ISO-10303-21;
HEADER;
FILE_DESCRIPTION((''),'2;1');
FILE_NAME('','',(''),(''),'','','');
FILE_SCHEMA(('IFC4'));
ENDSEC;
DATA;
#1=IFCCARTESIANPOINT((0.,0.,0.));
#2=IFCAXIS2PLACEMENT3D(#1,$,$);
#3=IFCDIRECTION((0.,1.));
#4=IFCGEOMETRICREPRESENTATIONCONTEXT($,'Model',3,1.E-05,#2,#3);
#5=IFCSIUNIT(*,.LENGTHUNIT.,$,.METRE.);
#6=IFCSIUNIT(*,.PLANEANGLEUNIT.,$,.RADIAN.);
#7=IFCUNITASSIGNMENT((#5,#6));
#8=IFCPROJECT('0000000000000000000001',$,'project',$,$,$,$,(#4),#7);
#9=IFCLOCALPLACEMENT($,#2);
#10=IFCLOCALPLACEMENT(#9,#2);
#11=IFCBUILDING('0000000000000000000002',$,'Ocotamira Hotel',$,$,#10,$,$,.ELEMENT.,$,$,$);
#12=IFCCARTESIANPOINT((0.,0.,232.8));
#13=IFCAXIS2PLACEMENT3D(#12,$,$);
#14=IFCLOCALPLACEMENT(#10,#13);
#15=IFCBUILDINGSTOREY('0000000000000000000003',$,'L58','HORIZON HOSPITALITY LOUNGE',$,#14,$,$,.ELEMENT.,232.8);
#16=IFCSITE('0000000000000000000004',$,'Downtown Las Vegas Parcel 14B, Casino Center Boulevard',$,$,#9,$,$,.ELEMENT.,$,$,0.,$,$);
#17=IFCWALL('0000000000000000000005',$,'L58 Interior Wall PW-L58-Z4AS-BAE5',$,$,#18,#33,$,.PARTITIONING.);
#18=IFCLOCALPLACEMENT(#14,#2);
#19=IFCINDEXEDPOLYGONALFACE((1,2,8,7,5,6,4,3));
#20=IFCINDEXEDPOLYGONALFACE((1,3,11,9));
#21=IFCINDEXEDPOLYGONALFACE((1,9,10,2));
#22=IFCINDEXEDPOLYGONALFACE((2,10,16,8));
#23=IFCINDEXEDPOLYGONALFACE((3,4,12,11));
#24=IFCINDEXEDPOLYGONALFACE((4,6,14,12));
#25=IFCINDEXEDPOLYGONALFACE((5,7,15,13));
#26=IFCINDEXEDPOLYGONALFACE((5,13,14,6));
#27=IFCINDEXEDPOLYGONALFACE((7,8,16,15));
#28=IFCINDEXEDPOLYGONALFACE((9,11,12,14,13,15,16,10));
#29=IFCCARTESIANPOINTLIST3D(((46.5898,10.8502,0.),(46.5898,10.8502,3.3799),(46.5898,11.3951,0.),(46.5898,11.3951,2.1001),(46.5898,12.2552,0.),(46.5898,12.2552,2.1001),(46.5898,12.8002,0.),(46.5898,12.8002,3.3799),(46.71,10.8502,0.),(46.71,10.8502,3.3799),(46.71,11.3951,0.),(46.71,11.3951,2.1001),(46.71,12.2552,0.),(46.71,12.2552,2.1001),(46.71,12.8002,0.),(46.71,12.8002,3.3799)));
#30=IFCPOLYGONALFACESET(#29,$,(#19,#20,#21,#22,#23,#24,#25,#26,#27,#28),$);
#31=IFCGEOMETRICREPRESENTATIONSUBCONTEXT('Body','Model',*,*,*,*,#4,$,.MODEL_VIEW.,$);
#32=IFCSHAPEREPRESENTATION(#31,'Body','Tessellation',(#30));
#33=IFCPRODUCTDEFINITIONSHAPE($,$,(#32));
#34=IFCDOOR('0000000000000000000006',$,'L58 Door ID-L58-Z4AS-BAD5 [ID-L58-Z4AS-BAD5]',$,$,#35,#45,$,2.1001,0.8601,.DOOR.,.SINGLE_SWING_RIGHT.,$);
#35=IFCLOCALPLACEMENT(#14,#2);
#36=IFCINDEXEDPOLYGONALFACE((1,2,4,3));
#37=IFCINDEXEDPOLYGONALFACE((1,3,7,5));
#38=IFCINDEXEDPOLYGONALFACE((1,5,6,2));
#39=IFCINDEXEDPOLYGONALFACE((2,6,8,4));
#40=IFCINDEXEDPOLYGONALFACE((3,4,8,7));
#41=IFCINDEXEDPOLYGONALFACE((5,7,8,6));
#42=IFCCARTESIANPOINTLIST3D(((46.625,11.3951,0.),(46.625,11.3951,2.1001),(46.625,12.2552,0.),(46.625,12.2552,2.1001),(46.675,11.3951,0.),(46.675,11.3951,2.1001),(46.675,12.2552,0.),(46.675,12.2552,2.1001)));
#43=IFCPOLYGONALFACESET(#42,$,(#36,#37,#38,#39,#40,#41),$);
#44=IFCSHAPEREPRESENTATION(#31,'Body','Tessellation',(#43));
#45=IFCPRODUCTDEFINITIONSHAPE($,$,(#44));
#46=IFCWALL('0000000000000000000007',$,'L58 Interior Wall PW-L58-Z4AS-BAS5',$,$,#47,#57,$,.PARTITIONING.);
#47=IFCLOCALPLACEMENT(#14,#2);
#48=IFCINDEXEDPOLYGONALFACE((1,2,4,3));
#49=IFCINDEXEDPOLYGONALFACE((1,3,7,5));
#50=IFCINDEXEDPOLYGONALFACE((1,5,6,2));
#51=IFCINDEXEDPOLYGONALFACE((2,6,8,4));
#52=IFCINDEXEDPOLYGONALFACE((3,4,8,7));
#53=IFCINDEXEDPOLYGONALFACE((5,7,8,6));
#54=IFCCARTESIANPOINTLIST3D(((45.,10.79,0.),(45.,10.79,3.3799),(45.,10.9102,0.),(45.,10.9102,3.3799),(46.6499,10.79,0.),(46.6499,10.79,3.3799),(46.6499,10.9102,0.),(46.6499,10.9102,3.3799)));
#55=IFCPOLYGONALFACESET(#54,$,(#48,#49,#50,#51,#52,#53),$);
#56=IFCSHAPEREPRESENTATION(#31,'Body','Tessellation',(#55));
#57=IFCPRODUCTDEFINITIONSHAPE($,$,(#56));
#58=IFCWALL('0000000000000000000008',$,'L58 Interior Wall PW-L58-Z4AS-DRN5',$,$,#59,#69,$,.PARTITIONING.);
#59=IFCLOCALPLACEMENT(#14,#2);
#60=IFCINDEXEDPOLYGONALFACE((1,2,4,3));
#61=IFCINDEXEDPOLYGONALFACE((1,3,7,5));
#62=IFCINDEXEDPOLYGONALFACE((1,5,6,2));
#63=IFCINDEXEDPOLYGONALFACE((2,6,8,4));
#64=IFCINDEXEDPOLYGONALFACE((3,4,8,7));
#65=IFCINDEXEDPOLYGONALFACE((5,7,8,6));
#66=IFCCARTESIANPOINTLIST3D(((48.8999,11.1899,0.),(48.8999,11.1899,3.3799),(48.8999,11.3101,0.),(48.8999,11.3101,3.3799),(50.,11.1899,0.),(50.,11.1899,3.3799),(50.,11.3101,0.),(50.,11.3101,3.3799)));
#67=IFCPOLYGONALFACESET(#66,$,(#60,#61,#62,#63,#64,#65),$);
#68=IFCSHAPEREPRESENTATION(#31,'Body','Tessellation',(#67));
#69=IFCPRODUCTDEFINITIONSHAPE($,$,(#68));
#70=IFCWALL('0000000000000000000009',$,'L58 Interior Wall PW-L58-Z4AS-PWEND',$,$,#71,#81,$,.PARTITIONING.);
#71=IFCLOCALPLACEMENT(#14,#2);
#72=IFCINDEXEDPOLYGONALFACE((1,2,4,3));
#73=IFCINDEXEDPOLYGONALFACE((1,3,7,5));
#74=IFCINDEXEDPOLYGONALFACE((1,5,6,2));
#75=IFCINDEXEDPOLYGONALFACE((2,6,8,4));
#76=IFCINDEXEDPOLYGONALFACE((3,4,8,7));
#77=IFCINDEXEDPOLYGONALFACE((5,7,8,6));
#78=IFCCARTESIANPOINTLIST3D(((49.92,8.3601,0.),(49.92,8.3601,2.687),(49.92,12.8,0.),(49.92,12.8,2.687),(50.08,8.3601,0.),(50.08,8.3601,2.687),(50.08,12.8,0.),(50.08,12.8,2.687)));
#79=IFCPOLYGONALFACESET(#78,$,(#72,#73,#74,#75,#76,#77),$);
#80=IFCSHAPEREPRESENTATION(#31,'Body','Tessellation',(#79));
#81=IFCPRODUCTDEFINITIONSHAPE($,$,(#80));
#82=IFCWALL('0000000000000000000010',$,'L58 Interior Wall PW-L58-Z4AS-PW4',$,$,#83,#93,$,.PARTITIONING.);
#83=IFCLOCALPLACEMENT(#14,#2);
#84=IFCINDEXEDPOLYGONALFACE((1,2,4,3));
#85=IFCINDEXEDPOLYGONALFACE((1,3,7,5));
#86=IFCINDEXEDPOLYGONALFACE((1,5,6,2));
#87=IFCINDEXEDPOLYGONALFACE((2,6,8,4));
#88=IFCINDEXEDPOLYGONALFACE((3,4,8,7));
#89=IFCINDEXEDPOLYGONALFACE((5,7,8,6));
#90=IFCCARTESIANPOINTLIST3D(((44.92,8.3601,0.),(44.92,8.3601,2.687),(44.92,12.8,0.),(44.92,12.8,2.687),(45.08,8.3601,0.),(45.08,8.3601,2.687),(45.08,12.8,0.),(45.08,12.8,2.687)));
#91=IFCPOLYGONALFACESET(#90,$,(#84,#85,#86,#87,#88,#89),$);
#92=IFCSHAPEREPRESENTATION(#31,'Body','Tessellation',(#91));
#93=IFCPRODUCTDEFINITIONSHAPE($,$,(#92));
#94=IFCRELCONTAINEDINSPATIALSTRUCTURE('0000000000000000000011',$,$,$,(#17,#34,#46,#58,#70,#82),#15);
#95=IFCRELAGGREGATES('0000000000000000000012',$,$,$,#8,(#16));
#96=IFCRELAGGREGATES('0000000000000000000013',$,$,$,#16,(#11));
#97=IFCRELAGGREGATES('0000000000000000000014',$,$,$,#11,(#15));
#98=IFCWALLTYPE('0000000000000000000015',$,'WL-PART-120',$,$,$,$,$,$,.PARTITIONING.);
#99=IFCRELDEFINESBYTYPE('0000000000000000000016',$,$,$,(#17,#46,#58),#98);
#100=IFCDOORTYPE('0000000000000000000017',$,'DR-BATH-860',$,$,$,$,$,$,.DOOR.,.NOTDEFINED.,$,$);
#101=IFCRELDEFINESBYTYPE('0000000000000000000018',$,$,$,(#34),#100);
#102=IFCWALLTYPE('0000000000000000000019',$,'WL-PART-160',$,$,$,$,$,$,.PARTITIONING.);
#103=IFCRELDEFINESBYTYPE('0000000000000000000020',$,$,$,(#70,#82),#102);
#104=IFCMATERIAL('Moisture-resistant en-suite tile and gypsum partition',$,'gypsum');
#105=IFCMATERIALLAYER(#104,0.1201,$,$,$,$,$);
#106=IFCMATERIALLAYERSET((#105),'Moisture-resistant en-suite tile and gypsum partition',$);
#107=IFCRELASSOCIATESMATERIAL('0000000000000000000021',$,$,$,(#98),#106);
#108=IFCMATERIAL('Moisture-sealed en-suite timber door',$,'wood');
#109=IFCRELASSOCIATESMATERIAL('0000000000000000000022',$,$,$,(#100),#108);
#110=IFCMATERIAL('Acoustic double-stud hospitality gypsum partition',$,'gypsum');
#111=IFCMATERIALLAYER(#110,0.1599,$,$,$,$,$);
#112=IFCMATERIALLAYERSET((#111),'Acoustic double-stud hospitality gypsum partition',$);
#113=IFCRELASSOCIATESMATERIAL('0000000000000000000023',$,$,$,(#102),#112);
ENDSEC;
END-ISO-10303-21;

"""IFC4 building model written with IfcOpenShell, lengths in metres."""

from ifc_helpers import new_model, si_unit, direction, frame, frame_2d, origin, place, context, subcontext, project, spatial, rectangle, extrude, source, transform, mapped, material, layer, layer_set, type_object, element, fill, save


model = new_model("IFC4")

# Units and contexts
model_context = context("Model", 3, precision=1e-05, world=origin(), true_north=direction((0.0, 1.0)))
body_context = subcontext(model_context, "Body", "Model", "MODEL_VIEW")
ifc_project = project(units=[si_unit("LENGTHUNIT", "METRE"), si_unit("PLANEANGLEUNIT", "RADIAN")], contexts=[model_context])

# Site, building, storey
site_placement = place(None, origin())
site = spatial("IfcSite", under=ifc_project, at=site_placement, Name="Downtown Las Vegas Parcel 14B, Casino Center Boulevard", CompositionType="ELEMENT", RefElevation=0.0)
building_placement = place(site_placement, origin())
building = spatial("IfcBuilding", under=site, at=building_placement, Name="Ocotamira Hotel", CompositionType="ELEMENT")
storey_placement = place(building_placement, frame((0.0, 0.0, 232.8)))
storey = spatial("IfcBuildingStorey", under=building, at=storey_placement, Name="L58", Description="HORIZON HOSPITALITY LOUNGE", CompositionType="ELEMENT", Elevation=232.8)

# Wall, opening, door
ifc_material_1 = material(Name="Moisture-resistant en-suite tile and gypsum partition", Category="gypsum")
ifc_layer_1 = layer(ifc_material_1, 0.1201)
ifc_layer_set_1 = layer_set([ifc_layer_1], Name="Moisture-resistant en-suite tile and gypsum partition")
wall_type_1 = type_object("IfcWallType", Name="WL-PART-120", PredefinedType="PARTITIONING", material=ifc_layer_set_1)
wall_1_placement = place(storey_placement, frame((46.6499, 10.8501, 0.0), z_axis=(0.0, 0.0, 1.0), x_axis=(0.0, 1.0, 0.0)))
wall_1 = element("IfcWall", 1, at=wall_1_placement, inside=storey, type_object=wall_type_1, Name="L58 Interior Wall PW-L58-Z4AS-BAE5", PredefinedType="PARTITIONING", context=body_context, shape_type="SweptSolid", body=[
    extrude(rectangle(XDim=1.95, YDim=0.1201, at=frame_2d((0.9751, 0.0))), origin(), (0.0, 0.0, 1.0), 3.3799),
])
opening_1_placement = place(wall_1_placement, frame((0.5449, 0.0, 0.0)))
opening_1 = element("IfcOpeningElement", 2, at=opening_1_placement, cuts=wall_1, PredefinedType="OPENING", context=body_context, shape_type="SweptSolid", body=[
    extrude(rectangle(XDim=0.8601, YDim=2.1001, at=frame_2d((0.4302, 1.05))), frame((0.0, 0.0701, 0.0), z_axis=(0.0, -1.0, 0.0), x_axis=(1.0, 0.0, 0.0)), (0.0, 0.0, 1.0), 0.1401),
])
ifc_material_2 = material(Name="Moisture-sealed en-suite timber door", Category="wood")
door_type_1 = type_object("IfcDoorType", Name="DR-BATH-860", OperationType="NOTDEFINED", PredefinedType="DOOR", material=ifc_material_2)
shared_shape_1 = source(origin(), body_context, "Body", "SweptSolid", [
    extrude(rectangle(XDim=0.8601, YDim=2.1001, at=frame_2d((0.4302, 1.05))), frame((0.0, 0.0249, 0.0), z_axis=(0.0, -1.0, 0.0), x_axis=(1.0, 0.0, 0.0)), (0.0, 0.0, 1.0), 0.05),
])
door_1_placement = place(opening_1_placement, origin())
door_1 = element("IfcDoor", 3, at=door_1_placement, inside=storey, type_object=door_type_1, Name="L58 Door ID-L58-Z4AS-BAD5 [ID-L58-Z4AS-BAD5]", OperationType="SINGLE_SWING_RIGHT", OverallHeight=2.1001, OverallWidth=0.8601, PredefinedType="DOOR", context=body_context, shape_type="MappedRepresentation", body=[
    mapped(shared_shape_1, transform((0.0, 0.0, 0.0), scale=1.0)),
])
fill(opening_1, door_1)

# Walls
wall_2_placement = place(storey_placement, frame((45.0, 10.8501, 0.0), z_axis=(0.0, 0.0, 1.0), x_axis=(1.0, 0.0, 0.0)))
element("IfcWall", 4, at=wall_2_placement, inside=storey, type_object=wall_type_1, Name="L58 Interior Wall PW-L58-Z4AS-BAS5", PredefinedType="PARTITIONING", context=body_context, shape_type="SweptSolid", body=[
    extrude(rectangle(XDim=1.6499, YDim=0.1201, at=frame_2d((0.825, 0.0))), origin(), (0.0, 0.0, 1.0), 3.3799),
])
wall_3_placement = place(storey_placement, frame((48.8999, 11.25, 0.0), z_axis=(0.0, 0.0, 1.0), x_axis=(1.0, 0.0, 0.0)))
element("IfcWall", 5, at=wall_3_placement, inside=storey, type_object=wall_type_1, Name="L58 Interior Wall PW-L58-Z4AS-DRN5", PredefinedType="PARTITIONING", context=body_context, shape_type="SweptSolid", body=[
    extrude(rectangle(XDim=1.1001, YDim=0.1201, at=frame_2d((0.55, 0.0))), origin(), (0.0, 0.0, 1.0), 3.3799),
])
ifc_material_3 = material(Name="Acoustic double-stud hospitality gypsum partition", Category="gypsum")
ifc_layer_2 = layer(ifc_material_3, 0.1599)
ifc_layer_set_2 = layer_set([ifc_layer_2], Name="Acoustic double-stud hospitality gypsum partition")
wall_type_2 = type_object("IfcWallType", Name="WL-PART-160", PredefinedType="PARTITIONING", material=ifc_layer_set_2)
for number, where, z_axis, x_axis, name in (
    (6, (50.0, 8.3601, 0.0), (0.0, 0.0, 1.0), (0.0, 1.0, 0.0), "L58 Interior Wall PW-L58-Z4AS-PWEND"),
    (7, (45.0, 8.3601, 0.0), (0.0, 0.0, 1.0), (0.0, 1.0, 0.0), "L58 Interior Wall PW-L58-Z4AS-PW4"),
):
    element("IfcWall", number, at=place(storey_placement, frame(where, z_axis=z_axis, x_axis=x_axis)), inside=storey, type_object=wall_type_2, Name=name, PredefinedType="PARTITIONING", context=body_context, shape_type="SweptSolid", body=[
        extrude(rectangle(XDim=4.4399, YDim=0.1599, at=frame_2d((2.22, 0.0))), origin(), (0.0, 0.0, 1.0), 2.687),
    ])

save(model, "model.ifc")
